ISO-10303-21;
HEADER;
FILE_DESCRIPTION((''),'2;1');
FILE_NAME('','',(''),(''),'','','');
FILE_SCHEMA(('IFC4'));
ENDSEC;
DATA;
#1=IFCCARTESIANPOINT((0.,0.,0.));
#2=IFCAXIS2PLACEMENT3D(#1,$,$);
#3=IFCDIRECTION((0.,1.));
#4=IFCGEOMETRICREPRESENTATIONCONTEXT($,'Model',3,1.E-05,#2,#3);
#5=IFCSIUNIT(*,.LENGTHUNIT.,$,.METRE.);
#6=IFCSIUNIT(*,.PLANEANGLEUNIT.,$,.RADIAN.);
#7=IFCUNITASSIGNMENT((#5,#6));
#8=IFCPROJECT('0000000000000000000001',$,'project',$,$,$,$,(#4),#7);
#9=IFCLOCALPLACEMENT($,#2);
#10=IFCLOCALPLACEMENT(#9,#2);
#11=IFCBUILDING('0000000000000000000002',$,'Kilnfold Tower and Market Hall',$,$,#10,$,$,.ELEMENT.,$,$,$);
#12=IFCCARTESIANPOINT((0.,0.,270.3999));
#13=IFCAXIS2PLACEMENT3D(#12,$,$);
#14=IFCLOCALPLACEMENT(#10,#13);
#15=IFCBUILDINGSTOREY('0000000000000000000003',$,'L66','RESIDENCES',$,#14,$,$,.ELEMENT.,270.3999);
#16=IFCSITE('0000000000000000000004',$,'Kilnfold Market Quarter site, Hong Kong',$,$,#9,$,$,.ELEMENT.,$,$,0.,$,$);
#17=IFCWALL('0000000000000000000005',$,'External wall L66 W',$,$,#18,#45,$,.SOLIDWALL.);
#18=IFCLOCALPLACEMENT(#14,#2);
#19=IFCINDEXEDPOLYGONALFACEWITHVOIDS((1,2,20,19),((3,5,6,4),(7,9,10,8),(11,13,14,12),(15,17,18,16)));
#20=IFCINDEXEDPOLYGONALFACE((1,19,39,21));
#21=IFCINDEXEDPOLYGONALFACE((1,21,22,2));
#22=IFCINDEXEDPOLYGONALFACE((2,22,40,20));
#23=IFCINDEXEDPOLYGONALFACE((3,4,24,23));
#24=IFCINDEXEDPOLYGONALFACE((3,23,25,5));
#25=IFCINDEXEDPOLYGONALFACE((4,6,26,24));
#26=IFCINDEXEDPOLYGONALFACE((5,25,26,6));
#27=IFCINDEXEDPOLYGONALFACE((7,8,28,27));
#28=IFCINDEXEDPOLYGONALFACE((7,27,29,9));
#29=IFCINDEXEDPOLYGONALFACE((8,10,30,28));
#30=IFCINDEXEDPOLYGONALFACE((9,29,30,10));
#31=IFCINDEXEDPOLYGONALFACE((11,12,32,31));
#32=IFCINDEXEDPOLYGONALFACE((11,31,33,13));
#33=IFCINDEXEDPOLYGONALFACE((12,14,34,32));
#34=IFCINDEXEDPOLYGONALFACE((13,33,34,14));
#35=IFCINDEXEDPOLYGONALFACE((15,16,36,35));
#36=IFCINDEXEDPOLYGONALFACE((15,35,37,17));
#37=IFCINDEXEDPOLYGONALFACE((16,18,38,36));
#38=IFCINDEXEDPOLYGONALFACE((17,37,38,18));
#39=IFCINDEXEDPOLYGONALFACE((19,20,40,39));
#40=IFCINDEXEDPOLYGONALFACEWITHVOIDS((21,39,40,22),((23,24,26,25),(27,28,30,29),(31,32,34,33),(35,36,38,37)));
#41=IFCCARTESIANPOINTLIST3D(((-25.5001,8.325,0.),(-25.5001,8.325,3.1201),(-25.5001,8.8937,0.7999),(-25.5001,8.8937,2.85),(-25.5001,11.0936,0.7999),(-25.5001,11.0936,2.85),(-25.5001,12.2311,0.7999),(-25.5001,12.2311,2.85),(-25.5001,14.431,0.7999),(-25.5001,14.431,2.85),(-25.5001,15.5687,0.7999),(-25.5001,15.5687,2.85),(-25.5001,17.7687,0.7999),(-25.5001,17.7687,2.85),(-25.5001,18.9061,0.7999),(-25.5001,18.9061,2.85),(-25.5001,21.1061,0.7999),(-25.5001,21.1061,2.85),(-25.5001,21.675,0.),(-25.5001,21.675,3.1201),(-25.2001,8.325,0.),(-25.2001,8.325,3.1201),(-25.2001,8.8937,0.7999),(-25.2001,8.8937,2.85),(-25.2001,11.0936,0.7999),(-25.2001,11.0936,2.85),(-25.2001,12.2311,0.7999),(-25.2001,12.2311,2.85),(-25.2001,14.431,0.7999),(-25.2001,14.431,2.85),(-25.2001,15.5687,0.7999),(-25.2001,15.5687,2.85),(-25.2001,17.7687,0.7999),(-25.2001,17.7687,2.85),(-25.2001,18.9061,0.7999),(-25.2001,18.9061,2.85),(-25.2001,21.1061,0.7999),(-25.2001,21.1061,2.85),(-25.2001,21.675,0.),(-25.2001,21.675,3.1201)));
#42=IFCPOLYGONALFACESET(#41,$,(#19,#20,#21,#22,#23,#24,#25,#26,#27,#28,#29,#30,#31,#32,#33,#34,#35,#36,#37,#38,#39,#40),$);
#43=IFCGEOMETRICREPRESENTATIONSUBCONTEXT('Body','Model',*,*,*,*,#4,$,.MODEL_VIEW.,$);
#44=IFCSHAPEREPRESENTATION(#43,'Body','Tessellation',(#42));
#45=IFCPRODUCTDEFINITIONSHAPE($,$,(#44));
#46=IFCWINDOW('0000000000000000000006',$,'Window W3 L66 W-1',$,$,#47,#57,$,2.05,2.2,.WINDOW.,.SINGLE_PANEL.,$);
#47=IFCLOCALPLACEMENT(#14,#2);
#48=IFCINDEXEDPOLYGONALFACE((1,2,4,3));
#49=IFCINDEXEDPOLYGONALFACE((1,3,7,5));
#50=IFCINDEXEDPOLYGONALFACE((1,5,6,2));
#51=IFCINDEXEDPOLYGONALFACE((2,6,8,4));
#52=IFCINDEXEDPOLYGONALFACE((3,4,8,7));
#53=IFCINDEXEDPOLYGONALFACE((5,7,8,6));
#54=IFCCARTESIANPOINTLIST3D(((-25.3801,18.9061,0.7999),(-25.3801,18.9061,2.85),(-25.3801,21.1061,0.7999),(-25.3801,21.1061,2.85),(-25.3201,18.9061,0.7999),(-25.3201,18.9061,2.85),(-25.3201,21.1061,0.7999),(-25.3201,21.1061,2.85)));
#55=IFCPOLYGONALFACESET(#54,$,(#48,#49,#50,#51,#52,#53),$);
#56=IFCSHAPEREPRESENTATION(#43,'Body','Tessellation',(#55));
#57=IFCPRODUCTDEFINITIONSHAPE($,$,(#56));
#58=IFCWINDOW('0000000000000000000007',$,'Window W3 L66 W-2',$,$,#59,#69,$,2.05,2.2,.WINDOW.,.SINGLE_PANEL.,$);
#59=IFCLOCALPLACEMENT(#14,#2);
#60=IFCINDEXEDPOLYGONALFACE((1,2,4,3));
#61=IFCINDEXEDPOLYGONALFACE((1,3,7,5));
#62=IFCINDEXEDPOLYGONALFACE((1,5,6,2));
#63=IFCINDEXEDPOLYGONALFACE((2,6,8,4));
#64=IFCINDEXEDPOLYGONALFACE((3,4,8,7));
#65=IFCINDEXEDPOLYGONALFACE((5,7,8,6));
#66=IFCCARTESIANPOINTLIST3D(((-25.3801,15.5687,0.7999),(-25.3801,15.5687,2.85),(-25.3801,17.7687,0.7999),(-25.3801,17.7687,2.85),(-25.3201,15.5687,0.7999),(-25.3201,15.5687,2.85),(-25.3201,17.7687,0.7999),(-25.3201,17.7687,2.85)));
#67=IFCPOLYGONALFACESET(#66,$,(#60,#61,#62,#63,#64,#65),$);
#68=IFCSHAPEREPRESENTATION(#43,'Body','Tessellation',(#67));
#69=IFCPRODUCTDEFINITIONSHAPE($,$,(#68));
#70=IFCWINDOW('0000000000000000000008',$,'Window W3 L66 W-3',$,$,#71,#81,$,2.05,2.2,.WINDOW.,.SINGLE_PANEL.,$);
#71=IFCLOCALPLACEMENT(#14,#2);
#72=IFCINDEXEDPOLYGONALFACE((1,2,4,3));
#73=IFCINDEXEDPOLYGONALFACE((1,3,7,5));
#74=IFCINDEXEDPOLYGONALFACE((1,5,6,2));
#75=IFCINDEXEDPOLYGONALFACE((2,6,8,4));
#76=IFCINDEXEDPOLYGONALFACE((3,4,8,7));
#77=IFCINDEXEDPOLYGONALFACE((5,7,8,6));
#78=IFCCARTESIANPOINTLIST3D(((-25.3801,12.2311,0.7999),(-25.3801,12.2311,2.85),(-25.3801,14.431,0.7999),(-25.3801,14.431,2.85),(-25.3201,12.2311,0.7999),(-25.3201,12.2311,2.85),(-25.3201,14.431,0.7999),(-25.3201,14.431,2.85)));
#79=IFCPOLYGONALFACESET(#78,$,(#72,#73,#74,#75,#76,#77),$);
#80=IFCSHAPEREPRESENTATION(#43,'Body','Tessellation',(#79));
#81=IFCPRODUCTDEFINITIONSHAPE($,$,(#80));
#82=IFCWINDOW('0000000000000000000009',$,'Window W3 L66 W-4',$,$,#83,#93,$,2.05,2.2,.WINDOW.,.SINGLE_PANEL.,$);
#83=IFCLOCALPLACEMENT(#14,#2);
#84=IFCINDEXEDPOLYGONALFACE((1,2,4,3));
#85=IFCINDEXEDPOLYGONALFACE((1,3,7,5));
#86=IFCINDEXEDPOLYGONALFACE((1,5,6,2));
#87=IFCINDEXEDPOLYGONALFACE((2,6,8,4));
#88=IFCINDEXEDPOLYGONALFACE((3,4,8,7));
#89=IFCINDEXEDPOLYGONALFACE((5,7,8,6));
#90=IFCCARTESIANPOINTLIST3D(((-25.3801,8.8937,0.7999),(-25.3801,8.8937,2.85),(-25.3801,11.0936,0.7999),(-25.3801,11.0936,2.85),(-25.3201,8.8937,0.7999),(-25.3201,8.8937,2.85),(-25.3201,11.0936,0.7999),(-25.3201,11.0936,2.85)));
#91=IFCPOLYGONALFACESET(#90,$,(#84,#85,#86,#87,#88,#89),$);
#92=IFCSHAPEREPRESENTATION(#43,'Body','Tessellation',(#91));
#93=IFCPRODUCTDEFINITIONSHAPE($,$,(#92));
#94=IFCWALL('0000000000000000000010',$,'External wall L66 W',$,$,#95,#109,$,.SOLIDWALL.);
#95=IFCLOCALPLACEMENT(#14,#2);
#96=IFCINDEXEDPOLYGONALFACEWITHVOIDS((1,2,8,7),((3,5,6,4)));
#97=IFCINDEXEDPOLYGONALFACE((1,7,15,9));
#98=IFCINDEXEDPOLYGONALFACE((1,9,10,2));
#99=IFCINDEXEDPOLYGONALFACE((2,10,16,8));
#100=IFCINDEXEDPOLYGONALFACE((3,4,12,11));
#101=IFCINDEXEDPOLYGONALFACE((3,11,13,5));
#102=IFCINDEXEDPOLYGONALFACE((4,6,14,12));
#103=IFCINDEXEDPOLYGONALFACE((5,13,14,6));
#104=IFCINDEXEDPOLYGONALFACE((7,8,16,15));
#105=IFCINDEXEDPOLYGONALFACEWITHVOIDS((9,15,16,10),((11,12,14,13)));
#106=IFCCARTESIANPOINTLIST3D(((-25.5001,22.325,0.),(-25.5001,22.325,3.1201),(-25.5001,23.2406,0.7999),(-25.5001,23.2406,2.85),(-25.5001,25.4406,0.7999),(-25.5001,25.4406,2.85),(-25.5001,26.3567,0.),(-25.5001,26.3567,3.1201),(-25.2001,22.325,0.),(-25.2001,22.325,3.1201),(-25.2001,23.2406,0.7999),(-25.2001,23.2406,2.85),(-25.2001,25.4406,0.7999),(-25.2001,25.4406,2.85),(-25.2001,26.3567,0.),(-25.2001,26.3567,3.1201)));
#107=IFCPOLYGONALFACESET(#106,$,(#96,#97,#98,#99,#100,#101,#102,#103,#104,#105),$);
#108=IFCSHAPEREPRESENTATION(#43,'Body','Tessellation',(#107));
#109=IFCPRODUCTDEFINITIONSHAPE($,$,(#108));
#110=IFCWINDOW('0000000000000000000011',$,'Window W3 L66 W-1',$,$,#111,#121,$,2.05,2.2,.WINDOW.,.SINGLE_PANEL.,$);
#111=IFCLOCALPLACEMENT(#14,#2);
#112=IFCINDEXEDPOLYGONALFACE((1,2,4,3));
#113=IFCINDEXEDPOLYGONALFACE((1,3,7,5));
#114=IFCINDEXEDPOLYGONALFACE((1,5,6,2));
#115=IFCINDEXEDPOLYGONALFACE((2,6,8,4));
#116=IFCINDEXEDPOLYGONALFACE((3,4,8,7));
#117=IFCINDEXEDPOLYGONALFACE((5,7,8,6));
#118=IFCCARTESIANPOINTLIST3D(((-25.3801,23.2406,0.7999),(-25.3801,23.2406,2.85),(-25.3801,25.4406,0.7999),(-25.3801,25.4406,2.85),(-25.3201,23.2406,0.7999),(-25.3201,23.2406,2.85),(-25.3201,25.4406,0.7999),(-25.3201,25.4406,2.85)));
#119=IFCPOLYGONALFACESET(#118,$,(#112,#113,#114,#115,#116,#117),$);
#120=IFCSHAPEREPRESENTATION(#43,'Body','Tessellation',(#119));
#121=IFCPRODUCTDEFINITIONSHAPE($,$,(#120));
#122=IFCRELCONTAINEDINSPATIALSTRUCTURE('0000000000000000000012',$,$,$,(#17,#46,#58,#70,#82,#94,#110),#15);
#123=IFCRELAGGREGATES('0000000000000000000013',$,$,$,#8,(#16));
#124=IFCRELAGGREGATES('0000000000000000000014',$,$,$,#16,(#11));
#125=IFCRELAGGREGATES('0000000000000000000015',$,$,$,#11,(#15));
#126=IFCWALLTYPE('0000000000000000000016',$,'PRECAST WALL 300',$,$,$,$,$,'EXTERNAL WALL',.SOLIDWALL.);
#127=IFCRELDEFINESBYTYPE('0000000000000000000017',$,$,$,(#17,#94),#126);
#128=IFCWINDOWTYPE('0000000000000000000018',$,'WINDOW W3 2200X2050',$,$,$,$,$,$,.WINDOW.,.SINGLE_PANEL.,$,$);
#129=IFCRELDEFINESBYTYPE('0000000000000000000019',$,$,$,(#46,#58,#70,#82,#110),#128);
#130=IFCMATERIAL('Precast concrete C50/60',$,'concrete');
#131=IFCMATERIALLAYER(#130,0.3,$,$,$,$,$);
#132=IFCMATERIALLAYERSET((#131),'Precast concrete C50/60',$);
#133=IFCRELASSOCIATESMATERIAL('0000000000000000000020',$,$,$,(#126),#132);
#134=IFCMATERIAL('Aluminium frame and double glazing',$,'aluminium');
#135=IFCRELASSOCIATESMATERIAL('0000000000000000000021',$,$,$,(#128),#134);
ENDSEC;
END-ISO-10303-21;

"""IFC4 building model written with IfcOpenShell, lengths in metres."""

from ifc_helpers import new_model, si_unit, direction, frame, frame_2d, origin, place, context, subcontext, project, spatial, rectangle, extrude, source, transform, mapped, material, layer, layer_set, type_object, element, fill, save


model = new_model("IFC4")

# Units and contexts
model_context = context("Model", 3, precision=1e-05, world=origin(), true_north=direction((0.0, 1.0)))
body_context = subcontext(model_context, "Body", "Model", "MODEL_VIEW")
ifc_project = project(units=[si_unit("LENGTHUNIT", "METRE"), si_unit("PLANEANGLEUNIT", "RADIAN")], contexts=[model_context])

# Site, building, storey
site_placement = place(None, origin())
site = spatial("IfcSite", under=ifc_project, at=site_placement, Name="Kilnfold Market Quarter site, Hong Kong", CompositionType="ELEMENT", RefElevation=0.0)
building_placement = place(site_placement, origin())
building = spatial("IfcBuilding", under=site, at=building_placement, Name="Kilnfold Tower and Market Hall", CompositionType="ELEMENT")
storey_placement = place(building_placement, frame((0.0, 0.0, 270.3999)))
storey = spatial("IfcBuildingStorey", under=building, at=storey_placement, Name="L66", Description="RESIDENCES", CompositionType="ELEMENT", Elevation=270.3999)

# Shared definitions
ifc_material_1 = material(Name="Precast concrete C50/60", Category="concrete")
ifc_layer_1 = layer(ifc_material_1, 0.3)
ifc_layer_set_1 = layer_set([ifc_layer_1], Name="Precast concrete C50/60")
wall_type_1 = type_object("IfcWallType", Name="PRECAST WALL 300", ElementType="EXTERNAL WALL", PredefinedType="SOLIDWALL", material=ifc_layer_set_1)
ifc_material_2 = material(Name="Aluminium frame and double glazing", Category="aluminium")
window_type = type_object("IfcWindowType", Name="WINDOW W3 2200X2050", PartitioningType="SINGLE_PANEL", PredefinedType="WINDOW", material=ifc_material_2)

# Wall, openings, windows
shared_shape_1 = source(origin(), body_context, "Body", "SweptSolid", [
    extrude(rectangle(XDim=13.3501, YDim=0.3, at=frame_2d((6.675, 0.0))), origin(), (0.0, 0.0, 1.0), 3.1201),
])
wall_1_placement = place(storey_placement, frame((-25.3501, 21.675, 0.0), z_axis=(0.0, 0.0, 1.0), x_axis=(0.0, -1.0, 0.0)))
wall_1 = element("IfcWall", 1, at=wall_1_placement, inside=storey, type_object=wall_type_1, Name="External wall L66 W", PredefinedType="SOLIDWALL", context=body_context, shape_type="MappedRepresentation", body=[
    mapped(shared_shape_1, transform((0.0, 0.0, 0.0))),
])
opening_1_placement = place(wall_1_placement, frame((0.5688, 0.0, 0.8)))
opening_1 = element("IfcOpeningElement", 2, at=opening_1_placement, cuts=wall_1, PredefinedType="OPENING", context=body_context, shape_type="SweptSolid", body=[
    extrude(rectangle(XDim=2.2, YDim=2.05, at=frame_2d((1.1001, 1.0249))), frame((0.0, 0.1602, 0.0), z_axis=(0.0, -1.0, 0.0), x_axis=(1.0, 0.0, 0.0)), (0.0, 0.0, 1.0), 0.3201),
])
opening_2_placement = place(wall_1_placement, frame((3.9062, 0.0, 0.8)))
opening_2 = element("IfcOpeningElement", 3, at=opening_2_placement, cuts=wall_1, PredefinedType="OPENING", context=body_context, shape_type="SweptSolid", body=[
    extrude(rectangle(XDim=2.2, YDim=2.05, at=frame_2d((1.1001, 1.0249))), frame((0.0, 0.1602, 0.0), z_axis=(0.0, -1.0, 0.0), x_axis=(1.0, 0.0, 0.0)), (0.0, 0.0, 1.0), 0.3201),
])
opening_3_placement = place(wall_1_placement, frame((7.2439, 0.0, 0.8)))
opening_3 = element("IfcOpeningElement", 4, at=opening_3_placement, cuts=wall_1, PredefinedType="OPENING", context=body_context, shape_type="SweptSolid", body=[
    extrude(rectangle(XDim=2.2, YDim=2.05, at=frame_2d((1.1001, 1.0249))), frame((0.0, 0.1602, 0.0), z_axis=(0.0, -1.0, 0.0), x_axis=(1.0, 0.0, 0.0)), (0.0, 0.0, 1.0), 0.3201),
])
opening_4_placement = place(wall_1_placement, frame((10.5813, 0.0, 0.8)))
opening_4 = element("IfcOpeningElement", 5, at=opening_4_placement, cuts=wall_1, PredefinedType="OPENING", context=body_context, shape_type="SweptSolid", body=[
    extrude(rectangle(XDim=2.2, YDim=2.05, at=frame_2d((1.1001, 1.0249))), frame((0.0, 0.1602, 0.0), z_axis=(0.0, -1.0, 0.0), x_axis=(1.0, 0.0, 0.0)), (0.0, 0.0, 1.0), 0.3201),
])
window_1_placement = place(opening_1_placement, origin())
window_1 = element("IfcWindow", 6, at=window_1_placement, inside=storey, type_object=window_type, Name="Window W3 L66 W-1", OverallHeight=2.05, OverallWidth=2.2, PartitioningType="SINGLE_PANEL", PredefinedType="WINDOW", context=body_context, shape_type="SweptSolid", body=[
    extrude(rectangle(XDim=2.2, YDim=2.05, at=frame_2d((1.1001, 1.0249))), frame((0.0, 0.03, 0.0), z_axis=(0.0, -1.0, 0.0), x_axis=(1.0, 0.0, 0.0)), (0.0, 0.0, 1.0), 0.0601),
])
fill(opening_1, window_1)
window_2_placement = place(opening_2_placement, origin())
window_2 = element("IfcWindow", 7, at=window_2_placement, inside=storey, type_object=window_type, Name="Window W3 L66 W-2", OverallHeight=2.05, OverallWidth=2.2, PartitioningType="SINGLE_PANEL", PredefinedType="WINDOW", context=body_context, shape_type="SweptSolid", body=[
    extrude(rectangle(XDim=2.2, YDim=2.05, at=frame_2d((1.1001, 1.0249))), frame((0.0, 0.03, 0.0), z_axis=(0.0, -1.0, 0.0), x_axis=(1.0, 0.0, 0.0)), (0.0, 0.0, 1.0), 0.0601),
])
fill(opening_2, window_2)
window_3_placement = place(opening_3_placement, origin())
window_3 = element("IfcWindow", 8, at=window_3_placement, inside=storey, type_object=window_type, Name="Window W3 L66 W-3", OverallHeight=2.05, OverallWidth=2.2, PartitioningType="SINGLE_PANEL", PredefinedType="WINDOW", context=body_context, shape_type="SweptSolid", body=[
    extrude(rectangle(XDim=2.2, YDim=2.05, at=frame_2d((1.1001, 1.0249))), frame((0.0, 0.03, 0.0), z_axis=(0.0, -1.0, 0.0), x_axis=(1.0, 0.0, 0.0)), (0.0, 0.0, 1.0), 0.0601),
])
fill(opening_3, window_3)
window_4_placement = place(opening_4_placement, origin())
window_4 = element("IfcWindow", 9, at=window_4_placement, inside=storey, type_object=window_type, Name="Window W3 L66 W-4", OverallHeight=2.05, OverallWidth=2.2, PartitioningType="SINGLE_PANEL", PredefinedType="WINDOW", context=body_context, shape_type="SweptSolid", body=[
    extrude(rectangle(XDim=2.2, YDim=2.05, at=frame_2d((1.1001, 1.0249))), frame((0.0, 0.03, 0.0), z_axis=(0.0, -1.0, 0.0), x_axis=(1.0, 0.0, 0.0)), (0.0, 0.0, 1.0), 0.0601),
])
fill(opening_4, window_4)

# Wall, opening, window
shared_shape_2 = source(origin(), body_context, "Body", "SweptSolid", [
    extrude(rectangle(XDim=4.0317, YDim=0.3, at=frame_2d((2.0159, 0.0))), origin(), (0.0, 0.0, 1.0), 3.1201),
])
wall_2_placement = place(storey_placement, frame((-25.3501, 26.3567, 0.0), z_axis=(0.0, 0.0, 1.0), x_axis=(0.0, -1.0, 0.0)))
wall_2 = element("IfcWall", 10, at=wall_2_placement, inside=storey, type_object=wall_type_1, Name="External wall L66 W", PredefinedType="SOLIDWALL", context=body_context, shape_type="MappedRepresentation", body=[
    mapped(shared_shape_2, transform((0.0, 0.0, 0.0))),
])
opening_5_placement = place(wall_2_placement, frame((0.916, 0.0, 0.8)))
opening_5 = element("IfcOpeningElement", 11, at=opening_5_placement, cuts=wall_2, PredefinedType="OPENING", context=body_context, shape_type="SweptSolid", body=[
    extrude(rectangle(XDim=2.2, YDim=2.05, at=frame_2d((1.1001, 1.0249))), frame((0.0, 0.1602, 0.0), z_axis=(0.0, -1.0, 0.0), x_axis=(1.0, 0.0, 0.0)), (0.0, 0.0, 1.0), 0.3201),
])
window_5_placement = place(opening_5_placement, origin())
window_5 = element("IfcWindow", 12, at=window_5_placement, inside=storey, type_object=window_type, Name="Window W3 L66 W-1", OverallHeight=2.05, OverallWidth=2.2, PartitioningType="SINGLE_PANEL", PredefinedType="WINDOW", context=body_context, shape_type="SweptSolid", body=[
    extrude(rectangle(XDim=2.2, YDim=2.05, at=frame_2d((1.1001, 1.0249))), frame((0.0, 0.03, 0.0), z_axis=(0.0, -1.0, 0.0), x_axis=(1.0, 0.0, 0.0)), (0.0, 0.0, 1.0), 0.0601),
])
fill(opening_5, window_5)

save(model, "model.ifc")
